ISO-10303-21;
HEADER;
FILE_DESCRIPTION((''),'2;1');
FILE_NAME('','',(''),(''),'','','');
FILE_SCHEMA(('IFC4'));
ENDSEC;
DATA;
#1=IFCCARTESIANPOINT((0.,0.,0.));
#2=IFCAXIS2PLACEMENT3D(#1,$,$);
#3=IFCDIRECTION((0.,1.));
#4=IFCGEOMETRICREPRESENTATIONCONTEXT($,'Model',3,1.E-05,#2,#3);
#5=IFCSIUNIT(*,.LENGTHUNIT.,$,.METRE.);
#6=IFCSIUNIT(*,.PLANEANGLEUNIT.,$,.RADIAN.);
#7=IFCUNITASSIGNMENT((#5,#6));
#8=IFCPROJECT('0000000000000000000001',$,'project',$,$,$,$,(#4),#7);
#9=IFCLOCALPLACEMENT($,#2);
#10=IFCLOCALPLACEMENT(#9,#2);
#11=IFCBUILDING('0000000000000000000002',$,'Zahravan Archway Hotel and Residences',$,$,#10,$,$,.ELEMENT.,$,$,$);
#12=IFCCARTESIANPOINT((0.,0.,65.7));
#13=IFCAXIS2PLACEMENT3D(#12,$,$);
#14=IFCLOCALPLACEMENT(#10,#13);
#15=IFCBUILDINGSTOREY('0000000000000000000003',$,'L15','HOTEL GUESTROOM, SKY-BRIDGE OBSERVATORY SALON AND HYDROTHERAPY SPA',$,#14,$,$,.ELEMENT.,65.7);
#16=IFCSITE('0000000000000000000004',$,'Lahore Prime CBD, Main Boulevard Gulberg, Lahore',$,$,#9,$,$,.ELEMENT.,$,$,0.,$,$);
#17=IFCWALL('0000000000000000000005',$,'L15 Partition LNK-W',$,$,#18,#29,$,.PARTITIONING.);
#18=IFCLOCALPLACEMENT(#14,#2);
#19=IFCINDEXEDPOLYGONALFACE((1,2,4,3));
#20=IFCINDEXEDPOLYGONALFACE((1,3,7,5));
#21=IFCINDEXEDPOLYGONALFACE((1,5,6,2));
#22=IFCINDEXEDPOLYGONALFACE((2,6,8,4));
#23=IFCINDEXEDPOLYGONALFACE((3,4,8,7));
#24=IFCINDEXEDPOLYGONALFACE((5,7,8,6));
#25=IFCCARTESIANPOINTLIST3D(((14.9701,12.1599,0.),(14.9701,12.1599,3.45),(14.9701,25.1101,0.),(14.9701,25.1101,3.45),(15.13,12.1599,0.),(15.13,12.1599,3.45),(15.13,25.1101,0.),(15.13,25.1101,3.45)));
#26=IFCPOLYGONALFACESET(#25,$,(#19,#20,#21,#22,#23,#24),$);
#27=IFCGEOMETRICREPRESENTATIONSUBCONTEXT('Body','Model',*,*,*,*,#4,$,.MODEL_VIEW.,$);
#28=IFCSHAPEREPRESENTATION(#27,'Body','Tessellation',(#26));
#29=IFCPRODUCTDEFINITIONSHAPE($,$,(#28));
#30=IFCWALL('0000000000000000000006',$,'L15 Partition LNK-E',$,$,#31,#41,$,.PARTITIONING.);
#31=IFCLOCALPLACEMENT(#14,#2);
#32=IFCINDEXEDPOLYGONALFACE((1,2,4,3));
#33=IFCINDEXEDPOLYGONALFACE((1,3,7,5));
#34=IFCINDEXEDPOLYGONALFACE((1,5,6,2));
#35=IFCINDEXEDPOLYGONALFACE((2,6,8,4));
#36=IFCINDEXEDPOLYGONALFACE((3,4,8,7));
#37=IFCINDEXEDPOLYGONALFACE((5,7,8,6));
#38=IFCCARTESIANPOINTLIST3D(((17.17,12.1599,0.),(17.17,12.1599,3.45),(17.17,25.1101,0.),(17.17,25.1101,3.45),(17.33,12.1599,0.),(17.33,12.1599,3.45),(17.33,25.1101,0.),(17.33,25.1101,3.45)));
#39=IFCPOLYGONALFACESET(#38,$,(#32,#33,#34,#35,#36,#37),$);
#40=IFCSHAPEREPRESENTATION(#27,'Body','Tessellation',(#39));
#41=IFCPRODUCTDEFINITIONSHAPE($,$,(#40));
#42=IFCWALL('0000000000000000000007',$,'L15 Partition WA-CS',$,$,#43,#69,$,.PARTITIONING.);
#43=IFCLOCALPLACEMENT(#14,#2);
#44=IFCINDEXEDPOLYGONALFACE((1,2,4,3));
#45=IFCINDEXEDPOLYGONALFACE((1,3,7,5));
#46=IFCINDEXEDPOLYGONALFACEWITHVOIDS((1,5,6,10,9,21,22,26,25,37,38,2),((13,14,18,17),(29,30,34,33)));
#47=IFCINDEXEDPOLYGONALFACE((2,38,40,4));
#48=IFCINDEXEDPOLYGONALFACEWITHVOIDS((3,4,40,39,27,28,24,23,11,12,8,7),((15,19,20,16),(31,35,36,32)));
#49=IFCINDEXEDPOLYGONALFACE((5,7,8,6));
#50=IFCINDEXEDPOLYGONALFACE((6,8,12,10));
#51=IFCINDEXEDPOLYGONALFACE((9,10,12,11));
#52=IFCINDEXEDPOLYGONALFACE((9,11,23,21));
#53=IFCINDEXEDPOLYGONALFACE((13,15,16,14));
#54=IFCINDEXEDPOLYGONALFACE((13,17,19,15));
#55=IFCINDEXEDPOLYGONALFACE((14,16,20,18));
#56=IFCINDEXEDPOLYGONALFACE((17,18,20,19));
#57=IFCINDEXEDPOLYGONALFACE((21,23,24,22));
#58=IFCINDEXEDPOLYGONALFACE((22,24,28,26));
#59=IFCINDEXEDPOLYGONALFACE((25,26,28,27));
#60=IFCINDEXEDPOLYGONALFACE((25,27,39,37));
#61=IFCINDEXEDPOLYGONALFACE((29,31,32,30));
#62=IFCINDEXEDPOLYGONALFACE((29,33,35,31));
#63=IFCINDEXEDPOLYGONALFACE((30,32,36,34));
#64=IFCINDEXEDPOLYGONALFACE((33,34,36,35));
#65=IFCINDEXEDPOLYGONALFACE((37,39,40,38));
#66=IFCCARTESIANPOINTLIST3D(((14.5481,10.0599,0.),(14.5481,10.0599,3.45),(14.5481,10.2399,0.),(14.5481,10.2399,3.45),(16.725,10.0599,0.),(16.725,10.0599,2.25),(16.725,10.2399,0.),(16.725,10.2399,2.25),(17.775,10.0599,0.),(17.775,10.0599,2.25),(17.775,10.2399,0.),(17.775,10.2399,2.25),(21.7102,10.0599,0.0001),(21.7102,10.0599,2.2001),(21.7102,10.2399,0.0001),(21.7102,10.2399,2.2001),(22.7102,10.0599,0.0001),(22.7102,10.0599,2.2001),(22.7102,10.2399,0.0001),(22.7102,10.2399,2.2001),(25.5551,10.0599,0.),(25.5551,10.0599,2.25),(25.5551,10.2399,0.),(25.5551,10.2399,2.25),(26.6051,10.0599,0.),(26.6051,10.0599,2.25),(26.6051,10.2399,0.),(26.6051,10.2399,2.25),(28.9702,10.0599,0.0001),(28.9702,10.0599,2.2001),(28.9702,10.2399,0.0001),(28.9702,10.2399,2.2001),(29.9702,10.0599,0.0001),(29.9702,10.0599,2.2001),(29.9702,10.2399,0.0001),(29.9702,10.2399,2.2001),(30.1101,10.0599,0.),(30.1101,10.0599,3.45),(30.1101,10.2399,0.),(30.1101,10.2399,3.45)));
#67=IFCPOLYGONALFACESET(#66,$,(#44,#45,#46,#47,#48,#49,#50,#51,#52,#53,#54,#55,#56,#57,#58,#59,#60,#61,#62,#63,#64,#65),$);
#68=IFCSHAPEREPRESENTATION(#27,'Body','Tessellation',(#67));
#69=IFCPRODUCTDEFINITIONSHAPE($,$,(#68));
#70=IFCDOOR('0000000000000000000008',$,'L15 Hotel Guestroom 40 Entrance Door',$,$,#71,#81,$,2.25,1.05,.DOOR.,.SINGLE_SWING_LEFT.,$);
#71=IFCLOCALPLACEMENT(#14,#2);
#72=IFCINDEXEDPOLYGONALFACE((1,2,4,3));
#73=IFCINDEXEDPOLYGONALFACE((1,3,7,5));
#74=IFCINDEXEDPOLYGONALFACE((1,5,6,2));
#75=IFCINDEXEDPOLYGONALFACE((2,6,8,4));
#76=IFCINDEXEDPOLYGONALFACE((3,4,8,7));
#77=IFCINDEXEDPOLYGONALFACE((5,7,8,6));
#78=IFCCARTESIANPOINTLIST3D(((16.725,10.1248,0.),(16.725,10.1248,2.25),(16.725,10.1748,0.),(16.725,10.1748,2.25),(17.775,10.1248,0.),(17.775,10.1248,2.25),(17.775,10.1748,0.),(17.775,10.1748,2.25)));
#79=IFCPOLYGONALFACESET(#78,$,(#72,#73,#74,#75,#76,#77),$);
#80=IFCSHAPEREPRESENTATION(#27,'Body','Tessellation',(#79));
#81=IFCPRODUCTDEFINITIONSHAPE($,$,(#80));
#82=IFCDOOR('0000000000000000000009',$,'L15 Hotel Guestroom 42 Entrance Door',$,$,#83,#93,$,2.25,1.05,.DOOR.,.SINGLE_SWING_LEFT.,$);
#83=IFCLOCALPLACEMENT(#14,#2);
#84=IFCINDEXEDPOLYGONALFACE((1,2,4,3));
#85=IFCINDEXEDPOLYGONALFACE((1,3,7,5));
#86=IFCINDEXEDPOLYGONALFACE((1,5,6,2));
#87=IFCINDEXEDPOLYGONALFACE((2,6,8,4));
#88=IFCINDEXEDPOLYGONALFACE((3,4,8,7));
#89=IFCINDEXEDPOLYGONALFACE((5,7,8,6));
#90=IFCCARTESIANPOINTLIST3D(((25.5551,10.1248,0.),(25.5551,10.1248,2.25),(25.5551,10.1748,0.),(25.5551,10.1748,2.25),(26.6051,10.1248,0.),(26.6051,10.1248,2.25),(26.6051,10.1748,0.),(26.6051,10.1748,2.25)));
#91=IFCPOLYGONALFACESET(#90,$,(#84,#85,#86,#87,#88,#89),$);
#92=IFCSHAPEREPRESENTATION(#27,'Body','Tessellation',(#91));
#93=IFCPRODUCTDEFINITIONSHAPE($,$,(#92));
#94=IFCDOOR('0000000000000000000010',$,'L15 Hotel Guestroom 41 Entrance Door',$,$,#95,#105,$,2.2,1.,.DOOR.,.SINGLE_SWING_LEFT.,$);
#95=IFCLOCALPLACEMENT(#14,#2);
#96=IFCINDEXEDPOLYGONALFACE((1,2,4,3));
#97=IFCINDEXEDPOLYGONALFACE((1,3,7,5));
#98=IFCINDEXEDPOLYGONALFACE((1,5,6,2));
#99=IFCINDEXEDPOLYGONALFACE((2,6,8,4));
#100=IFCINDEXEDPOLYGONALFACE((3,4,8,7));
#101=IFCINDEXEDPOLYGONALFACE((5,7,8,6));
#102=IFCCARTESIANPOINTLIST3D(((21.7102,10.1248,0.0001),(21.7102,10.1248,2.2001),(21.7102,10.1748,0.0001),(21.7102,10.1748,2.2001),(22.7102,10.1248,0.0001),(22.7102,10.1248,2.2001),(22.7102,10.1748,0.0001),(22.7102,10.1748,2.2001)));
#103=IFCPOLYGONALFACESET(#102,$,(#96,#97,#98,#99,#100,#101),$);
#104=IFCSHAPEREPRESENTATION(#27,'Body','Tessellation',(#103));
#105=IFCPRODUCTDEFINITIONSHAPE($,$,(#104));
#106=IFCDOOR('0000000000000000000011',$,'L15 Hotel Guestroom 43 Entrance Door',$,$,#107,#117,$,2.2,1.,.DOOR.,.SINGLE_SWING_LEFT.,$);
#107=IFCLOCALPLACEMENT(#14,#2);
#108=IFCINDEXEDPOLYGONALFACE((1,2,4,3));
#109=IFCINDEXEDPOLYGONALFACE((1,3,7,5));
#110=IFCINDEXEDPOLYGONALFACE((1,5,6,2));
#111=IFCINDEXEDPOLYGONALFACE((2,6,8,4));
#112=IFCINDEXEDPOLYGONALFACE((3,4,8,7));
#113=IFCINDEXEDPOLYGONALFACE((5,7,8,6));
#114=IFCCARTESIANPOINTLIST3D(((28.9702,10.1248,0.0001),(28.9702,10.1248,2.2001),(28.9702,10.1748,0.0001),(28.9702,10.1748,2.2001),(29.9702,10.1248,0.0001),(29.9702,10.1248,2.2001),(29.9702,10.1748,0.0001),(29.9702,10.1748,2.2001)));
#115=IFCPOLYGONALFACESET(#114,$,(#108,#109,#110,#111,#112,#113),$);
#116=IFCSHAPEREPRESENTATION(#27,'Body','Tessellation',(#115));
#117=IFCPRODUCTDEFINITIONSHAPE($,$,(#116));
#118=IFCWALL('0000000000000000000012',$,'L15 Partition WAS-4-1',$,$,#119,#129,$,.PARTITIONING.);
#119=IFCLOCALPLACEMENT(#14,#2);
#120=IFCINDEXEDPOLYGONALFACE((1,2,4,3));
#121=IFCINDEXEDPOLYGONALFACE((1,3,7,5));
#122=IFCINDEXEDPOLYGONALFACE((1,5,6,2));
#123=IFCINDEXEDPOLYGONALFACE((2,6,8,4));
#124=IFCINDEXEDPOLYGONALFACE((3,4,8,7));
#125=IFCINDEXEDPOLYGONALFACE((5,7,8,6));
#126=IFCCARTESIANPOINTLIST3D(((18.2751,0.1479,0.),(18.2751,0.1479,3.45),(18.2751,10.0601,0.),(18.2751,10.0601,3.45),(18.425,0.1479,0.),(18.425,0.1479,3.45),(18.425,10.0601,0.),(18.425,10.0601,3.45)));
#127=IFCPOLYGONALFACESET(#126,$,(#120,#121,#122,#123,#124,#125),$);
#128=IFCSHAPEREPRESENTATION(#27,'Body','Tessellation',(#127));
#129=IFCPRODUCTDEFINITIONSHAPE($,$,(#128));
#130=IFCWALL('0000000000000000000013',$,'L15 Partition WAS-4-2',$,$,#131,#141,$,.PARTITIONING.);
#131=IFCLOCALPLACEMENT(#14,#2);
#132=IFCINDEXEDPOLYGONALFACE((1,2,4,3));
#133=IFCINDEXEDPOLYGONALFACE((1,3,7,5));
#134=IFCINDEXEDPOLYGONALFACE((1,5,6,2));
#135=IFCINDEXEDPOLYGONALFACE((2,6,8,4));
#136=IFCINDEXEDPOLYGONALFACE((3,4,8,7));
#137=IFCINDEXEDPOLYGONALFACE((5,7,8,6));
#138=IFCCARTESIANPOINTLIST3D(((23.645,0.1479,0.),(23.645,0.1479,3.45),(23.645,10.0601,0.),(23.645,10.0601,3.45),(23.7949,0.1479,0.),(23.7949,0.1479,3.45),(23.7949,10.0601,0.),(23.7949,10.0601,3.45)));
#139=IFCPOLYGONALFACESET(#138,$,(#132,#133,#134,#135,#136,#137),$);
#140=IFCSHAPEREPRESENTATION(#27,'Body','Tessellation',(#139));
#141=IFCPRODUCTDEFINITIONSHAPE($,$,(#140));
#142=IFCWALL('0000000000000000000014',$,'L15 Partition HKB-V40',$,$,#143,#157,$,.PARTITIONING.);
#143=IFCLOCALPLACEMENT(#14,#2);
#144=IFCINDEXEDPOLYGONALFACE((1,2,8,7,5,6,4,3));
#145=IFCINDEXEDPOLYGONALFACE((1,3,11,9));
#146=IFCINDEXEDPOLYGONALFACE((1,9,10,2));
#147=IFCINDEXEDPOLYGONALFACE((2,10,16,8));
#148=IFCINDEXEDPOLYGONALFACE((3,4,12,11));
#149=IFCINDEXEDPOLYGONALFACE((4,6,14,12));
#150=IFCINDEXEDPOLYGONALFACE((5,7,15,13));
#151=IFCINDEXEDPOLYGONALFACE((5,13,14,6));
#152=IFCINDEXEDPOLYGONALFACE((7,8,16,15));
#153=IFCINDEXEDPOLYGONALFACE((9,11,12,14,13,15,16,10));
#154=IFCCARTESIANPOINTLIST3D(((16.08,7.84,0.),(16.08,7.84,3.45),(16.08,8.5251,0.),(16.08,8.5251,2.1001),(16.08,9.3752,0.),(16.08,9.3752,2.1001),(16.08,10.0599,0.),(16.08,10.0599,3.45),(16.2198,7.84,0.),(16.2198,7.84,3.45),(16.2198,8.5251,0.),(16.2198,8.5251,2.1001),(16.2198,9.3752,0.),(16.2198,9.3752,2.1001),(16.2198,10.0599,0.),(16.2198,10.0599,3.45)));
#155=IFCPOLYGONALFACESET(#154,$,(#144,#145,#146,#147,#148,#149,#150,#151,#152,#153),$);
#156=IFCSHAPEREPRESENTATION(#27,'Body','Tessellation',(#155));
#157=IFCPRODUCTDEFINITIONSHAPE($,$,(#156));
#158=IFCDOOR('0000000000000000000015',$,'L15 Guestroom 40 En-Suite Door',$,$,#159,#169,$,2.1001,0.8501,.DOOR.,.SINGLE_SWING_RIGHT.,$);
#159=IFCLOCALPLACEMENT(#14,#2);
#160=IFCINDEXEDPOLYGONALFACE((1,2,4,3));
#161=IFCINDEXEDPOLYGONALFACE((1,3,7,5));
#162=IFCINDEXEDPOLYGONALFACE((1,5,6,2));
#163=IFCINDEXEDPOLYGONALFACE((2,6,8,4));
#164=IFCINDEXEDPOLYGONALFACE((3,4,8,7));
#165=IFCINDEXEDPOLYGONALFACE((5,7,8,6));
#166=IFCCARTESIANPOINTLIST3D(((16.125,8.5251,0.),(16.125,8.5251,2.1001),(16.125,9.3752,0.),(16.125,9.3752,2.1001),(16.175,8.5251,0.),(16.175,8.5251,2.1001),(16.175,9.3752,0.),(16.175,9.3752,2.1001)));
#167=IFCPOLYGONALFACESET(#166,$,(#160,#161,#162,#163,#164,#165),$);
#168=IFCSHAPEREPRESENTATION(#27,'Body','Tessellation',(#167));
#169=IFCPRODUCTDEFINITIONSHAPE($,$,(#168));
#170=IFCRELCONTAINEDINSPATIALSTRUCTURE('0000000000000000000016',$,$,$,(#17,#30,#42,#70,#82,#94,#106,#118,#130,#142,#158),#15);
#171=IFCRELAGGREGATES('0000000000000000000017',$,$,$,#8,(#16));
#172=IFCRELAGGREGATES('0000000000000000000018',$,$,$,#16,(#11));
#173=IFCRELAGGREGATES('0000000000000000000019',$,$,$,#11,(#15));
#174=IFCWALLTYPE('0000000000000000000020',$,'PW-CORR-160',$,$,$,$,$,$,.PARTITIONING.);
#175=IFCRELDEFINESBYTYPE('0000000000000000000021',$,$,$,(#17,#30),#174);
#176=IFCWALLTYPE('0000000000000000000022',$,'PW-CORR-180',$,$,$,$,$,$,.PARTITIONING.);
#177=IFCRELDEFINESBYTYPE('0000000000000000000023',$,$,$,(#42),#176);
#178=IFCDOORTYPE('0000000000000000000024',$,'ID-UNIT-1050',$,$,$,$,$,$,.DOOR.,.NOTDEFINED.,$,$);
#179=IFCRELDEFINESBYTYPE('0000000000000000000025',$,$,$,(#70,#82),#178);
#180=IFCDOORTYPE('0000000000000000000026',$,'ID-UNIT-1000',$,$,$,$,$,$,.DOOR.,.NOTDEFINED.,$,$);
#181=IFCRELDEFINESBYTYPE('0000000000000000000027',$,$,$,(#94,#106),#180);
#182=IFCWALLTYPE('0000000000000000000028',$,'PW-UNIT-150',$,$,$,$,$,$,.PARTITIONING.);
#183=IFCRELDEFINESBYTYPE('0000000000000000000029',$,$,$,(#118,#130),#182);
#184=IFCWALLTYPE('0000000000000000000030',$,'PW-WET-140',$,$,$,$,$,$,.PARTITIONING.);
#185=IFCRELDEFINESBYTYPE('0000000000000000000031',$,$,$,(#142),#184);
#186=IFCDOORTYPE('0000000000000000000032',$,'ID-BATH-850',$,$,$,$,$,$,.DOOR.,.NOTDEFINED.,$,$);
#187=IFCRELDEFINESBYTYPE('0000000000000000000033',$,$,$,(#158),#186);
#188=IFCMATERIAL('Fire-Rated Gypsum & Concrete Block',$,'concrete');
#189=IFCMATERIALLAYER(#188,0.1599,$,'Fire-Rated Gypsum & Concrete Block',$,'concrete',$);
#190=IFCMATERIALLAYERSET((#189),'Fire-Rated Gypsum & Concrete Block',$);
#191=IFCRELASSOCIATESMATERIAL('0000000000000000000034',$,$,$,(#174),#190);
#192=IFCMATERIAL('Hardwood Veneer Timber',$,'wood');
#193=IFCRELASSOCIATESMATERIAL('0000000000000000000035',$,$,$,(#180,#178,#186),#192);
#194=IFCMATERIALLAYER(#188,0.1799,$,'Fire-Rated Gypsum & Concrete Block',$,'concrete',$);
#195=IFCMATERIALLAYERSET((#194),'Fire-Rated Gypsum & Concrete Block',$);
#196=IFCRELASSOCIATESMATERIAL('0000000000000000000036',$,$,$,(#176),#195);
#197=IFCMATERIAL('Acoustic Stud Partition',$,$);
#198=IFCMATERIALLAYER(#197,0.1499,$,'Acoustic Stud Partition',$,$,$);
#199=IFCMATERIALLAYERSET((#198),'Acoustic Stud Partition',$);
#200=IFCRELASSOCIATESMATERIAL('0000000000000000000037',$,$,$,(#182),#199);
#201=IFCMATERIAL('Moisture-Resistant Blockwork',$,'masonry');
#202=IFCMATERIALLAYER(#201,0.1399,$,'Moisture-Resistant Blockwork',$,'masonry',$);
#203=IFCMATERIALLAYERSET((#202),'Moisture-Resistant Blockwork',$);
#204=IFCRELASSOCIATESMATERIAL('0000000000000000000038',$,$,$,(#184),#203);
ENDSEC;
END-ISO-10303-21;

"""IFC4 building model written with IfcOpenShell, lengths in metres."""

from ifc_helpers import new_model, si_unit, direction, frame, frame_2d, origin, place, context, subcontext, project, spatial, rectangle, extrude, source, transform, mapped, material, layer, layer_set, type_object, type_shapes, element, fill, save


model = new_model("IFC4")

# Units and contexts
model_context = context("Model", 3, precision=1e-05, world=origin(), true_north=direction((0.0, 1.0)))
body_context = subcontext(model_context, "Body", "Model", "MODEL_VIEW")
ifc_project = project(units=[si_unit("LENGTHUNIT", "METRE"), si_unit("PLANEANGLEUNIT", "RADIAN")], contexts=[model_context])

# Site, building, storey
site_placement = place(None, origin())
site = spatial("IfcSite", under=ifc_project, at=site_placement, Name="Lahore Prime CBD, Main Boulevard Gulberg, Lahore", CompositionType="ELEMENT", RefElevation=0.0)
building_placement = place(site_placement, origin())
building = spatial("IfcBuilding", under=site, at=building_placement, Name="Zahravan Archway Hotel and Residences", CompositionType="ELEMENT")
storey_placement = place(building_placement, frame((0.0, 0.0, 65.7)))
storey = spatial("IfcBuildingStorey", under=building, at=storey_placement, Name="L15", Description="HOTEL GUESTROOM, SKY-BRIDGE OBSERVATORY SALON AND HYDROTHERAPY SPA", CompositionType="ELEMENT", Elevation=65.7)

# Shared definitions
ifc_material_1 = material(Name="Fire-Rated Gypsum & Concrete Block", Category="concrete")
ifc_layer_1 = layer(ifc_material_1, 0.1599, Name="Fire-Rated Gypsum & Concrete Block", Category="concrete")
ifc_layer_set_1 = layer_set([ifc_layer_1], Name="Fire-Rated Gypsum & Concrete Block")
wall_type_1 = type_object("IfcWallType", Name="PW-CORR-160", PredefinedType="PARTITIONING", material=ifc_layer_set_1)
ifc_material_2 = material(Name="Hardwood Veneer Timber", Category="wood")
door_type_1 = type_object("IfcDoorType", Name="ID-UNIT-1000", OperationType="NOTDEFINED", PredefinedType="DOOR", material=ifc_material_2)
shared_shape_1 = source(origin(), body_context, "Body", "SweptSolid", [
    extrude(rectangle(XDim=1.0, YDim=2.2, at=frame_2d((0.5, 1.1001))), frame((0.0, 0.0249, 0.0), z_axis=(0.0, -1.0, 0.0), x_axis=(1.0, 0.0, 0.0)), (0.0, 0.0, 1.0), 0.05),
])
type_shapes(door_type_1, [shared_shape_1])

# Walls
for number, where, z_axis, x_axis, name in (
    (1, (15.05, 12.1599, 0.0), (0.0, 0.0, 1.0), (0.0, 1.0, 0.0), "L15 Partition LNK-W"),
    (2, (17.25, 12.1599, 0.0), (0.0, 0.0, 1.0), (0.0, 1.0, 0.0), "L15 Partition LNK-E"),
):
    element("IfcWall", number, at=place(storey_placement, frame(where, z_axis=z_axis, x_axis=x_axis)), inside=storey, type_object=wall_type_1, Name=name, PredefinedType="PARTITIONING", context=body_context, shape_type="SweptSolid", body=[
        extrude(rectangle(XDim=12.9502, YDim=0.1599, at=frame_2d((6.4751, 0.0))), origin(), (0.0, 0.0, 1.0), 3.45),
    ])

# Wall, openings, doors
ifc_layer_2 = layer(ifc_material_1, 0.1799, Name="Fire-Rated Gypsum & Concrete Block", Category="concrete")
ifc_layer_set_2 = layer_set([ifc_layer_2], Name="Fire-Rated Gypsum & Concrete Block")
wall_type_2 = type_object("IfcWallType", Name="PW-CORR-180", PredefinedType="PARTITIONING", material=ifc_layer_set_2)
wall_1_placement = place(storey_placement, frame((14.5481, 10.1499, 0.0), z_axis=(0.0, 0.0, 1.0), x_axis=(1.0, 0.0, 0.0)))
wall_1 = element("IfcWall", 3, at=wall_1_placement, inside=storey, type_object=wall_type_2, Name="L15 Partition WA-CS", PredefinedType="PARTITIONING", context=body_context, shape_type="SweptSolid", body=[
    extrude(rectangle(XDim=15.562, YDim=0.1799, at=frame_2d((7.781, 0.0))), origin(), (0.0, 0.0, 1.0), 3.45),
])
opening_1_placement = place(wall_1_placement, frame((2.177, 0.0, 0.0)))
opening_1 = element("IfcOpeningElement", 4, at=opening_1_placement, cuts=wall_1, PredefinedType="OPENING", context=body_context, shape_type="SweptSolid", body=[
    extrude(rectangle(XDim=1.05, YDim=2.25, at=frame_2d((0.5249, 1.125))), frame((0.0, 0.1001, 0.0), z_axis=(0.0, -1.0, 0.0), x_axis=(1.0, 0.0, 0.0)), (0.0, 0.0, 1.0), 0.2),
])
opening_2_placement = place(wall_1_placement, frame((7.1621, 0.0, 0.0)))
opening_2 = element("IfcOpeningElement", 5, at=opening_2_placement, cuts=wall_1, PredefinedType="OPENING", context=body_context, shape_type="SweptSolid", body=[
    extrude(rectangle(XDim=1.0, YDim=2.2, at=frame_2d((0.5, 1.1001))), frame((0.0, 0.1001, 0.0), z_axis=(0.0, -1.0, 0.0), x_axis=(1.0, 0.0, 0.0)), (0.0, 0.0, 1.0), 0.2),
])
opening_3_placement = place(wall_1_placement, frame((11.0071, 0.0, 0.0)))
opening_3 = element("IfcOpeningElement", 6, at=opening_3_placement, cuts=wall_1, PredefinedType="OPENING", context=body_context, shape_type="SweptSolid", body=[
    extrude(rectangle(XDim=1.05, YDim=2.25, at=frame_2d((0.5249, 1.125))), frame((0.0, 0.1001, 0.0), z_axis=(0.0, -1.0, 0.0), x_axis=(1.0, 0.0, 0.0)), (0.0, 0.0, 1.0), 0.2),
])
opening_4_placement = place(wall_1_placement, frame((14.4221, 0.0, 0.0)))
opening_4 = element("IfcOpeningElement", 7, at=opening_4_placement, cuts=wall_1, PredefinedType="OPENING", context=body_context, shape_type="SweptSolid", body=[
    extrude(rectangle(XDim=1.0, YDim=2.2, at=frame_2d((0.5, 1.1001))), frame((0.0, 0.1001, 0.0), z_axis=(0.0, -1.0, 0.0), x_axis=(1.0, 0.0, 0.0)), (0.0, 0.0, 1.0), 0.2),
])
door_type_2 = type_object("IfcDoorType", Name="ID-UNIT-1050", OperationType="NOTDEFINED", PredefinedType="DOOR", material=ifc_material_2)
shared_shape_2 = source(origin(), body_context, "Body", "SweptSolid", [
    extrude(rectangle(XDim=1.05, YDim=2.25, at=frame_2d((0.5249, 1.125))), frame((0.0, 0.0249, 0.0), z_axis=(0.0, -1.0, 0.0), x_axis=(1.0, 0.0, 0.0)), (0.0, 0.0, 1.0), 0.05),
])
type_shapes(door_type_2, [shared_shape_2])
door_1_placement = place(opening_1_placement, origin())
door_1 = element("IfcDoor", 8, at=door_1_placement, inside=storey, type_object=door_type_2, Name="L15 Hotel Guestroom 40 Entrance Door", OperationType="SINGLE_SWING_LEFT", OverallHeight=2.25, OverallWidth=1.05, PredefinedType="DOOR", context=body_context, shape_type="MappedRepresentation", body=[
    mapped(shared_shape_2, transform((0.0, 0.0, 0.0), scale=1.0)),
])
fill(opening_1, door_1)
door_2_placement = place(opening_3_placement, origin())
door_2 = element("IfcDoor", 9, at=door_2_placement, inside=storey, type_object=door_type_2, Name="L15 Hotel Guestroom 42 Entrance Door", OperationType="SINGLE_SWING_LEFT", OverallHeight=2.25, OverallWidth=1.05, PredefinedType="DOOR", context=body_context, shape_type="MappedRepresentation", body=[
    mapped(shared_shape_2, transform((0.0, 0.0, 0.0), scale=1.0)),
])
fill(opening_3, door_2)
door_3_placement = place(opening_2_placement, origin())
door_3 = element("IfcDoor", 10, at=door_3_placement, inside=storey, type_object=door_type_1, Name="L15 Hotel Guestroom 41 Entrance Door", OperationType="SINGLE_SWING_LEFT", OverallHeight=2.2, OverallWidth=1.0, PredefinedType="DOOR", context=body_context, shape_type="MappedRepresentation", body=[
    mapped(shared_shape_1, transform((0.0, 0.0, 0.0), scale=1.0)),
])
fill(opening_2, door_3)
door_4_placement = place(opening_4_placement, origin())
door_4 = element("IfcDoor", 11, at=door_4_placement, inside=storey, type_object=door_type_1, Name="L15 Hotel Guestroom 43 Entrance Door", OperationType="SINGLE_SWING_LEFT", OverallHeight=2.2, OverallWidth=1.0, PredefinedType="DOOR", context=body_context, shape_type="MappedRepresentation", body=[
    mapped(shared_shape_1, transform((0.0, 0.0, 0.0), scale=1.0)),
])
fill(opening_4, door_4)

# Walls
ifc_material_3 = material(Name="Acoustic Stud Partition")
ifc_layer_3 = layer(ifc_material_3, 0.1499, Name="Acoustic Stud Partition")
ifc_layer_set_3 = layer_set([ifc_layer_3], Name="Acoustic Stud Partition")
wall_type_3 = type_object("IfcWallType", Name="PW-UNIT-150", PredefinedType="PARTITIONING", material=ifc_layer_set_3)
for number, where, z_axis, x_axis, name in (
    (12, (18.3501, 0.1479, 0.0), (0.0, 0.0, 1.0), (0.0, 1.0, 0.0), "L15 Partition WAS-4-1"),
    (13, (23.72, 0.1479, 0.0), (0.0, 0.0, 1.0), (0.0, 1.0, 0.0), "L15 Partition WAS-4-2"),
):
    element("IfcWall", number, at=place(storey_placement, frame(where, z_axis=z_axis, x_axis=x_axis)), inside=storey, type_object=wall_type_3, Name=name, PredefinedType="PARTITIONING", context=body_context, shape_type="SweptSolid", body=[
        extrude(rectangle(XDim=9.9121, YDim=0.1499, at=frame_2d((4.9561, 0.0))), origin(), (0.0, 0.0, 1.0), 3.45),
    ])

# Wall, opening, door
ifc_material_4 = material(Name="Moisture-Resistant Blockwork", Category="masonry")
ifc_layer_4 = layer(ifc_material_4, 0.1399, Name="Moisture-Resistant Blockwork", Category="masonry")
ifc_layer_set_4 = layer_set([ifc_layer_4], Name="Moisture-Resistant Blockwork")
wall_type_4 = type_object("IfcWallType", Name="PW-WET-140", PredefinedType="PARTITIONING", material=ifc_layer_set_4)
wall_2_placement = place(storey_placement, frame((16.1499, 7.8401, 0.0), z_axis=(0.0, 0.0, 1.0), x_axis=(0.0, 1.0, 0.0)))
wall_2 = element("IfcWall", 14, at=wall_2_placement, inside=storey, type_object=wall_type_4, Name="L15 Partition HKB-V40", PredefinedType="PARTITIONING", context=body_context, shape_type="SweptSolid", body=[
    extrude(rectangle(XDim=2.22, YDim=0.1399, at=frame_2d((1.1099, 0.0))), origin(), (0.0, 0.0, 1.0), 3.45),
])
opening_5_placement = place(wall_2_placement, frame((0.6851, 0.0, 0.0)))
opening_5 = element("IfcOpeningElement", 15, at=opening_5_placement, cuts=wall_2, PredefinedType="OPENING", context=body_context, shape_type="SweptSolid", body=[
    extrude(rectangle(XDim=0.8501, YDim=2.1001, at=frame_2d((0.425, 1.05))), frame((0.0, 0.0801, 0.0), z_axis=(0.0, -1.0, 0.0), x_axis=(1.0, 0.0, 0.0)), (0.0, 0.0, 1.0), 0.1599),
])
door_type_3 = type_object("IfcDoorType", Name="ID-BATH-850", OperationType="NOTDEFINED", PredefinedType="DOOR", material=ifc_material_2)
shared_shape_3 = source(origin(), body_context, "Body", "SweptSolid", [
    extrude(rectangle(XDim=0.8501, YDim=2.1001, at=frame_2d((0.425, 1.05))), frame((0.0, 0.0249, 0.0), z_axis=(0.0, -1.0, 0.0), x_axis=(1.0, 0.0, 0.0)), (0.0, 0.0, 1.0), 0.05),
])
type_shapes(door_type_3, [shared_shape_3])
door_5_placement = place(opening_5_placement, origin())
door_5 = element("IfcDoor", 16, at=door_5_placement, inside=storey, type_object=door_type_3, Name="L15 Guestroom 40 En-Suite Door", OperationType="SINGLE_SWING_RIGHT", OverallHeight=2.1001, OverallWidth=0.8501, PredefinedType="DOOR", context=body_context, shape_type="MappedRepresentation", body=[
    mapped(shared_shape_3, transform((0.0, 0.0, 0.0), scale=1.0)),
])
fill(opening_5, door_5)

save(model, "model.ifc")
